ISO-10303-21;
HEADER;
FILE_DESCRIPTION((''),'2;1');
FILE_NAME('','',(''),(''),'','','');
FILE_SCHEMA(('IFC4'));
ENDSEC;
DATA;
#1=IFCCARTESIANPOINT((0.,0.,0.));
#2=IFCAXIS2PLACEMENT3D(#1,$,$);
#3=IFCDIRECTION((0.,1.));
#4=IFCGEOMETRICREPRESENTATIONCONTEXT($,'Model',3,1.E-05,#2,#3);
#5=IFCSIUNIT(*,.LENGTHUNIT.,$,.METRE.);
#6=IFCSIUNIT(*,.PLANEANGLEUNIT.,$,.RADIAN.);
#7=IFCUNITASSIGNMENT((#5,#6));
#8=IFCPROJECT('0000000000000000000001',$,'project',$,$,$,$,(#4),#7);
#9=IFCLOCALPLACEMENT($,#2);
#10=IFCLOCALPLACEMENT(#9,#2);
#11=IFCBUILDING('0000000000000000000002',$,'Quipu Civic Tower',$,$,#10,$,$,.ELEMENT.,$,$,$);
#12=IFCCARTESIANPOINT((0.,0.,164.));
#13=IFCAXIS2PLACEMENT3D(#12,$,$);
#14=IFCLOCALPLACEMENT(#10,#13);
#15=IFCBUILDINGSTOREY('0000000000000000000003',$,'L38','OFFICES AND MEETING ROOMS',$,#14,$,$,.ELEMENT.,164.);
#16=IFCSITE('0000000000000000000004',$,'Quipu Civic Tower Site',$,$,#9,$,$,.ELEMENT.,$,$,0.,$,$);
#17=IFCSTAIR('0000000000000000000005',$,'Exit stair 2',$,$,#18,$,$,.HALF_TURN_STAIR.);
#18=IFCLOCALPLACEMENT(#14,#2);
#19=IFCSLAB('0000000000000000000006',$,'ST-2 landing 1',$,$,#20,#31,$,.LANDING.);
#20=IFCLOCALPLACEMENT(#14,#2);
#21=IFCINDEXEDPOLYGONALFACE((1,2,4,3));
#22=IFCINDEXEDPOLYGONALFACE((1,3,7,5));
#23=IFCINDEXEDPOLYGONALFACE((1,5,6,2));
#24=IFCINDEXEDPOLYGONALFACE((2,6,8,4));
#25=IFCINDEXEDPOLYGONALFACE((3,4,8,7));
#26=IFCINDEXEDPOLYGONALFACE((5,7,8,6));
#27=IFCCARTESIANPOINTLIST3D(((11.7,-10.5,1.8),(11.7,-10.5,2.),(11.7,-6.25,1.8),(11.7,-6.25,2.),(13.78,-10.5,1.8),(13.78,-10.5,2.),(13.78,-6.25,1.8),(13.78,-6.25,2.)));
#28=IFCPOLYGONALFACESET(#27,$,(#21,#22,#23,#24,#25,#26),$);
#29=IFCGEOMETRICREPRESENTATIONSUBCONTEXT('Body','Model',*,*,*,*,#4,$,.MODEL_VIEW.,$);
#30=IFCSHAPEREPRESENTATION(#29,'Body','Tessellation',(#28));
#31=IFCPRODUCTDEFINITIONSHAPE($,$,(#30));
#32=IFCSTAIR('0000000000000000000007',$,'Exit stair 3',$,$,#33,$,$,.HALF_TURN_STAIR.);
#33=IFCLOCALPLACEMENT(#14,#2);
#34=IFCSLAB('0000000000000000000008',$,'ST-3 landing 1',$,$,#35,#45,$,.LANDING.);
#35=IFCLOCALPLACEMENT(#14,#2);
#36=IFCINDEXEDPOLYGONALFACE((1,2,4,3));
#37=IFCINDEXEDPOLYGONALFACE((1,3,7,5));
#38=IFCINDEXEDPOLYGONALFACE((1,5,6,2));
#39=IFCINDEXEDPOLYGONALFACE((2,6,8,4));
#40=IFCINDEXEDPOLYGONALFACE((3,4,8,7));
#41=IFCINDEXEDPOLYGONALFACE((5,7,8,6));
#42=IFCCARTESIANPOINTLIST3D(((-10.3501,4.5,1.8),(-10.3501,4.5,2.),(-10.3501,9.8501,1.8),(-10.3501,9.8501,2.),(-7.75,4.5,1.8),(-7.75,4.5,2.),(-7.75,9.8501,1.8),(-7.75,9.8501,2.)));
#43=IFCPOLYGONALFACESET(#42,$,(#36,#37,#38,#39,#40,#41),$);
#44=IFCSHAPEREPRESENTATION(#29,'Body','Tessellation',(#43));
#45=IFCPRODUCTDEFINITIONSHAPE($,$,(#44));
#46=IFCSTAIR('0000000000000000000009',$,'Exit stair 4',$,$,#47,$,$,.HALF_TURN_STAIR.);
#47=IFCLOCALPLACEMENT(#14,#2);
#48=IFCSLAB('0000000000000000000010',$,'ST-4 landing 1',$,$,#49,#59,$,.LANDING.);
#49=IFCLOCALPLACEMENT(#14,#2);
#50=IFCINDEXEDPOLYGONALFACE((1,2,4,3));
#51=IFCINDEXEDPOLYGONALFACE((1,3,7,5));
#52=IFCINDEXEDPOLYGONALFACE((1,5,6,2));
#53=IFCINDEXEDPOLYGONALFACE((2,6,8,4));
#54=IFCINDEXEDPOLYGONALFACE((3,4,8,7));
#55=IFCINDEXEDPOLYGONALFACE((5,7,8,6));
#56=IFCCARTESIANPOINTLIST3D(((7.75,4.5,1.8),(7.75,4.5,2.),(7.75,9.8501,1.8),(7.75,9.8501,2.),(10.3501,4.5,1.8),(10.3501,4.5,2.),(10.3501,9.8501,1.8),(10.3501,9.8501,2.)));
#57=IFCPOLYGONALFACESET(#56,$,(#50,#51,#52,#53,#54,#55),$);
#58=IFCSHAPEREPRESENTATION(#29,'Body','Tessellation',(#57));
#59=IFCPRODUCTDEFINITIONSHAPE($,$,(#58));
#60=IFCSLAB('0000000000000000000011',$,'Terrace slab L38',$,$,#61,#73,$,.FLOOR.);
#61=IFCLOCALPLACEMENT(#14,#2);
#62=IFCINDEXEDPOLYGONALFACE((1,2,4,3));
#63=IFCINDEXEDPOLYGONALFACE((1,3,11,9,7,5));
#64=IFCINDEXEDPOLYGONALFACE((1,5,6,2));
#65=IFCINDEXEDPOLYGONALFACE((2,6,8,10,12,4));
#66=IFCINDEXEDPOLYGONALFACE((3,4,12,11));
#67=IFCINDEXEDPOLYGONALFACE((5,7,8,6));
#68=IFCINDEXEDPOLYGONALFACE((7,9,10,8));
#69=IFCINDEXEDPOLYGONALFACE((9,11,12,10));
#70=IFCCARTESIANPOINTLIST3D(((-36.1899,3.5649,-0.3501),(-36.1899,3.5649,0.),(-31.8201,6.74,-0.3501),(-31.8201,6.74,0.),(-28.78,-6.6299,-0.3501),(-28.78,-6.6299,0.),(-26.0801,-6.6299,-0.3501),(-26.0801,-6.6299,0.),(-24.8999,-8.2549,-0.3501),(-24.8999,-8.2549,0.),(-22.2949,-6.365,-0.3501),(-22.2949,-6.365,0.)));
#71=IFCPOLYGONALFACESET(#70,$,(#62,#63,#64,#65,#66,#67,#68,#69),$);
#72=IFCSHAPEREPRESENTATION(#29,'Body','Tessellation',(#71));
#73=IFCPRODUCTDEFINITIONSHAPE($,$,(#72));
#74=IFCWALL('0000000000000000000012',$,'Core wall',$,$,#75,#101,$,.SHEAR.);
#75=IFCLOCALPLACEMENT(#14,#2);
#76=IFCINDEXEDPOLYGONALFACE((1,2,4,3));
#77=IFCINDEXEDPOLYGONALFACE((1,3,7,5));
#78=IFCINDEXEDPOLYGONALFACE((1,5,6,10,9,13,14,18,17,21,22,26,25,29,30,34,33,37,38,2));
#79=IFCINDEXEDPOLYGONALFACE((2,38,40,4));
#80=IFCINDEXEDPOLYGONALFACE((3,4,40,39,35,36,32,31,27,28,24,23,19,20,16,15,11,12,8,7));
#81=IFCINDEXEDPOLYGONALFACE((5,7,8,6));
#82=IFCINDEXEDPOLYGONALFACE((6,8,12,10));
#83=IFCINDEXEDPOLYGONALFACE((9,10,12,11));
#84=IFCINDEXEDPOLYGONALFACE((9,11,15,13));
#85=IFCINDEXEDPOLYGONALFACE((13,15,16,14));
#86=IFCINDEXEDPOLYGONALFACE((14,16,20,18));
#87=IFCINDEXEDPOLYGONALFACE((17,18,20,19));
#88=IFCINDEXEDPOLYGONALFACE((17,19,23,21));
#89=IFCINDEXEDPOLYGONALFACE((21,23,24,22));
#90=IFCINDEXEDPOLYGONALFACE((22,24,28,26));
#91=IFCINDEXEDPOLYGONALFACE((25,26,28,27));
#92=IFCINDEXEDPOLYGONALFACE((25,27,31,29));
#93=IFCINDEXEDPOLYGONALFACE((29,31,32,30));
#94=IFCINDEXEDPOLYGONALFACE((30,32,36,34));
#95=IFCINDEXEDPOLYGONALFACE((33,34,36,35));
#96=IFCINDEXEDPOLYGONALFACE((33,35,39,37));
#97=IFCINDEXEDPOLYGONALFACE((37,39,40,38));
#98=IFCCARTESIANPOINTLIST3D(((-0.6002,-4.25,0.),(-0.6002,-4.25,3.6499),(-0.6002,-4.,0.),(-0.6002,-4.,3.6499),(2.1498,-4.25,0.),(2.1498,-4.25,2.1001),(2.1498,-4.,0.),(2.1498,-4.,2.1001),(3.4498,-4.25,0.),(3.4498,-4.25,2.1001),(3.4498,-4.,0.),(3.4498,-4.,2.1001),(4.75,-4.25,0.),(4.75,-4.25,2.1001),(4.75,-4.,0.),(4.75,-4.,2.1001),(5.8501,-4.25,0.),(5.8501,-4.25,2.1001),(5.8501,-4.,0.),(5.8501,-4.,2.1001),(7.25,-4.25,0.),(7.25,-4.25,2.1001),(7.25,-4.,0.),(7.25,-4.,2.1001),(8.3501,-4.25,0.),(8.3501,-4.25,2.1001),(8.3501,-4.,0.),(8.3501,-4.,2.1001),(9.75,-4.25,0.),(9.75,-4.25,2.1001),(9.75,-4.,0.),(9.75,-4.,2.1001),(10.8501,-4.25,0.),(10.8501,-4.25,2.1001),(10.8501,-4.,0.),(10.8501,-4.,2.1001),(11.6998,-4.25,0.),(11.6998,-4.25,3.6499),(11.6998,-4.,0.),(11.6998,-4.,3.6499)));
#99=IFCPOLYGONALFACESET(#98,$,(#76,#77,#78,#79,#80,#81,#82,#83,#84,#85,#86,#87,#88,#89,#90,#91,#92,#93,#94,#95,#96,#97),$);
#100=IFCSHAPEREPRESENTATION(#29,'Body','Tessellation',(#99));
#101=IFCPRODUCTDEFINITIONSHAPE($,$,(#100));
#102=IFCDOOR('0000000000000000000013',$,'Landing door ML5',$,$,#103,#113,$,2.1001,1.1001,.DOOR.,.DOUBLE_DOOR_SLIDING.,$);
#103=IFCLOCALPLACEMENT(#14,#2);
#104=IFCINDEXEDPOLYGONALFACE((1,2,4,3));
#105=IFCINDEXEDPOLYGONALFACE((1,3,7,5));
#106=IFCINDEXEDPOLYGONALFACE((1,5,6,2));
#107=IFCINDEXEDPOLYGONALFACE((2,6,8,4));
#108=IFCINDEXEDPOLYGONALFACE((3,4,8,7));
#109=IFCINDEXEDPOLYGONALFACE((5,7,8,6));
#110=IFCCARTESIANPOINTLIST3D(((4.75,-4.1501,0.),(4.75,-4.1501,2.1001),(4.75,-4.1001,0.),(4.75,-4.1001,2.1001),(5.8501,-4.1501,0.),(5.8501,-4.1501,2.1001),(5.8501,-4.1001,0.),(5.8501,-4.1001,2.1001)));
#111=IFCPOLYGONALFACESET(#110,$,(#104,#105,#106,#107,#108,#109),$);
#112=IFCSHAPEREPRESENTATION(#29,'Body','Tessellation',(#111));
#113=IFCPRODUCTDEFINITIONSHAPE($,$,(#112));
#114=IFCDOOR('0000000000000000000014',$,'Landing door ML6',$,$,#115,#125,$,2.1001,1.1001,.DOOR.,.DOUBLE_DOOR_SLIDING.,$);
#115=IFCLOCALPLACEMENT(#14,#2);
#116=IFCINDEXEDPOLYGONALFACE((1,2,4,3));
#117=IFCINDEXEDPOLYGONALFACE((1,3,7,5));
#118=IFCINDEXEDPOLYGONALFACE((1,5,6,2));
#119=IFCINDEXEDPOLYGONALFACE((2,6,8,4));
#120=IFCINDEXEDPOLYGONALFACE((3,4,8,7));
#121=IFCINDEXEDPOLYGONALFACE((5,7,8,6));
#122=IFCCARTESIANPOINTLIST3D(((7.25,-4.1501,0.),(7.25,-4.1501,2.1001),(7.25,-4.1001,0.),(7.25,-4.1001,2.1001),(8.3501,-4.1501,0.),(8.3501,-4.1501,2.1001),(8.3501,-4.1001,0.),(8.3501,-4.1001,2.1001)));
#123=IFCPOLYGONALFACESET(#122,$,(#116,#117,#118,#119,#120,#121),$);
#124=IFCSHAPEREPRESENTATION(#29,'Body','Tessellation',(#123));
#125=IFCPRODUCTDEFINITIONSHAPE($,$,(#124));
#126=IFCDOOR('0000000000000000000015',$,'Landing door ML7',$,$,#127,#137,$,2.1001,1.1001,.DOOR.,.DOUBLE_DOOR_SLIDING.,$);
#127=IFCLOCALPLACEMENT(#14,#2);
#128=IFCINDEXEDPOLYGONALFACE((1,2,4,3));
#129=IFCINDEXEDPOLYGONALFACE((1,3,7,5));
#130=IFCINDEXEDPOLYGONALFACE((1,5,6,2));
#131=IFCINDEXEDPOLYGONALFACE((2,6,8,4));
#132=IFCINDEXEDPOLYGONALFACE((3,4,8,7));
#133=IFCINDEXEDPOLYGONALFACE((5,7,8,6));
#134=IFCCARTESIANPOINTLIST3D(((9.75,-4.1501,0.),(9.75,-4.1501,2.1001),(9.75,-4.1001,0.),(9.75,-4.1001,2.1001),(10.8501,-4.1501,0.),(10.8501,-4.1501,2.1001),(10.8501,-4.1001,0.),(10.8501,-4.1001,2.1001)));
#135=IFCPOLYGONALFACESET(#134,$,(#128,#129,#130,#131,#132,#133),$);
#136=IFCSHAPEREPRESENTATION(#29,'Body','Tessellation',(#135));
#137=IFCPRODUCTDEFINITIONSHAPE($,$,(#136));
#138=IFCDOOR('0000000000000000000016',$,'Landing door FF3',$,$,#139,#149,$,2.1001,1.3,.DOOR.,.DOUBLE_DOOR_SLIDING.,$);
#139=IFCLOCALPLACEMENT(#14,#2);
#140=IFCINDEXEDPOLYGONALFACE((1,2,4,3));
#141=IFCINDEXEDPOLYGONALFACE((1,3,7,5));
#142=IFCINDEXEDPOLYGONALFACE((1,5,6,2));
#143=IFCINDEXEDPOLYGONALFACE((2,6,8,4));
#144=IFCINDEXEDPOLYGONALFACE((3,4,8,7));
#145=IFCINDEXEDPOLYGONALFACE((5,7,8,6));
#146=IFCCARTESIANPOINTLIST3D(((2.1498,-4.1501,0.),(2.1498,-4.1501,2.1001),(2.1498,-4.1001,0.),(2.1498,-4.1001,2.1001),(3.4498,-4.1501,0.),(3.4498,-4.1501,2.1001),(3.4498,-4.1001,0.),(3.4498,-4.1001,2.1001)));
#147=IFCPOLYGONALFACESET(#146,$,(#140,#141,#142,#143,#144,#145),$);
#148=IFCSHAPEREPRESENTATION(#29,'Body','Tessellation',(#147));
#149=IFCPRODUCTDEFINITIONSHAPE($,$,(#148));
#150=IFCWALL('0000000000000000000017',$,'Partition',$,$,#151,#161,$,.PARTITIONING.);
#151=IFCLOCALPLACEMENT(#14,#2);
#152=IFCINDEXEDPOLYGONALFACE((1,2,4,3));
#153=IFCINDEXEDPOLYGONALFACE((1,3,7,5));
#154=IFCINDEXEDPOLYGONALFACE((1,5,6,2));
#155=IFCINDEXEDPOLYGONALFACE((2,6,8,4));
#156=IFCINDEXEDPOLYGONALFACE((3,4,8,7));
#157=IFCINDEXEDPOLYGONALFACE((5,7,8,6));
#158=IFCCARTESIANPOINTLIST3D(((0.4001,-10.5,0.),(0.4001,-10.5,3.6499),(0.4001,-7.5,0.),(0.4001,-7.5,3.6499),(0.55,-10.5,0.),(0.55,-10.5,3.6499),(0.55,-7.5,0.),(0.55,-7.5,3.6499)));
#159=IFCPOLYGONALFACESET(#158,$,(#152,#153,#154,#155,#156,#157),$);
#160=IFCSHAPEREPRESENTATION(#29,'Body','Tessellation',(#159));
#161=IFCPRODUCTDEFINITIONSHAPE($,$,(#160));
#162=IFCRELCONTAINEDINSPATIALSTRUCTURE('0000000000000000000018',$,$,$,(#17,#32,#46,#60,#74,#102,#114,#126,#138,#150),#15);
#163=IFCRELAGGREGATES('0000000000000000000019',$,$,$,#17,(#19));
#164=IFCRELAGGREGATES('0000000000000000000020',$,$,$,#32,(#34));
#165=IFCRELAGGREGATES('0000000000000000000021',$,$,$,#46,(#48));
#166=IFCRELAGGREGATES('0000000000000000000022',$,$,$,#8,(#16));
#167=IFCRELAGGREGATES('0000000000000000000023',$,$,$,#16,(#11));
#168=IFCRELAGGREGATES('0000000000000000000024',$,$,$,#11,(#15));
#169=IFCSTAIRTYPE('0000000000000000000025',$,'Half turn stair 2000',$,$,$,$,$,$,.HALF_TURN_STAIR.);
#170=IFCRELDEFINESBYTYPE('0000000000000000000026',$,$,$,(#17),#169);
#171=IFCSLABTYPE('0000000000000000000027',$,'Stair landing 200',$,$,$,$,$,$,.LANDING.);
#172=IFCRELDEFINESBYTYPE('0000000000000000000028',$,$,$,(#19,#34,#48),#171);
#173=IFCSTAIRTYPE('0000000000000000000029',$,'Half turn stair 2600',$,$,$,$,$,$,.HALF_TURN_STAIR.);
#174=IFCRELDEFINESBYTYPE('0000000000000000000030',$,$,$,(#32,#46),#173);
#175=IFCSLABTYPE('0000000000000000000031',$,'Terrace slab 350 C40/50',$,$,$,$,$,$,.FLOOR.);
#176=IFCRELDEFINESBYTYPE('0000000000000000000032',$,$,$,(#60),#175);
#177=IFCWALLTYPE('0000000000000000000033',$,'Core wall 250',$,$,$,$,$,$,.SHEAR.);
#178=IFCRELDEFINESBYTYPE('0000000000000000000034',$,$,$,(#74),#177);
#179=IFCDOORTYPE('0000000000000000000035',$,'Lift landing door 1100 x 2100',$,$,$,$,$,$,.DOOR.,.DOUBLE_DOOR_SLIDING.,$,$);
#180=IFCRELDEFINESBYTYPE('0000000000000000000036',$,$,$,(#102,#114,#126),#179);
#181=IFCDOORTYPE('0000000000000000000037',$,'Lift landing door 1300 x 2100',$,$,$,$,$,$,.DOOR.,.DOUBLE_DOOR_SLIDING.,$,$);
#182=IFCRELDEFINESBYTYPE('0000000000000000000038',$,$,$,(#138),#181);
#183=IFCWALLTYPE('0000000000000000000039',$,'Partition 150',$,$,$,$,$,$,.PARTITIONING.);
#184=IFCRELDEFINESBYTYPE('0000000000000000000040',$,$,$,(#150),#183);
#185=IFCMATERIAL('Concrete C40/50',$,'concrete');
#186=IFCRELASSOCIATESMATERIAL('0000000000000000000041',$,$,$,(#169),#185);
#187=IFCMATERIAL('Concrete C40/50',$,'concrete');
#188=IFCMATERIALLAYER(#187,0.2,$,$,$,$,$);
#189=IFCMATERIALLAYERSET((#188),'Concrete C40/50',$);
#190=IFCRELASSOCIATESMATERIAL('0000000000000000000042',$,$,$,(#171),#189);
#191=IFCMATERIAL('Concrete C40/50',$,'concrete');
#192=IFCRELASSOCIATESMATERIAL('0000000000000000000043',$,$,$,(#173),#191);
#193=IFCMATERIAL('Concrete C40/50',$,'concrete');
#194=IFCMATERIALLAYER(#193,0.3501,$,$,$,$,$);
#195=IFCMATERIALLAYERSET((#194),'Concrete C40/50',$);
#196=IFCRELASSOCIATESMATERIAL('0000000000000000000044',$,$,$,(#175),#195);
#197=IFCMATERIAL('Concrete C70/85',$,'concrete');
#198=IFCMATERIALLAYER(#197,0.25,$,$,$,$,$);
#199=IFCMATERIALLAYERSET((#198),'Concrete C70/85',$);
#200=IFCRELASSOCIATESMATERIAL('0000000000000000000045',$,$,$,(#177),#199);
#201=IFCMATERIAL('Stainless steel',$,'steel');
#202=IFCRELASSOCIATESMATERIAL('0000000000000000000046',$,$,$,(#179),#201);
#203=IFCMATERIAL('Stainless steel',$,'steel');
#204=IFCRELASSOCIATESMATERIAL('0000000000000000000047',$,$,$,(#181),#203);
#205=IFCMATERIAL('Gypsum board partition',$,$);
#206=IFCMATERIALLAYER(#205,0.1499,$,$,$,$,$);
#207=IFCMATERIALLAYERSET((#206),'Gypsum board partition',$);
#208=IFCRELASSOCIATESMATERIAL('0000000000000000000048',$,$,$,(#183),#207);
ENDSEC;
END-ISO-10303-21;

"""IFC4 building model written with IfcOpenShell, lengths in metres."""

from ifc_helpers import new_model, si_unit, direction, frame, frame_2d, origin, place, context, subcontext, project, spatial, polyline, rectangle, outline, extrude, material, layer, layer_set, type_object, element, fill, aggregate, save


model = new_model("IFC4")

# Units and contexts
model_context = context("Model", 3, precision=1e-05, world=origin(), true_north=direction((0.0, 1.0)))
body_context = subcontext(model_context, "Body", "Model", "MODEL_VIEW")
ifc_project = project(units=[si_unit("LENGTHUNIT", "METRE"), si_unit("PLANEANGLEUNIT", "RADIAN")], contexts=[model_context])

# Site, building, storey
site_placement = place(None, origin())
site = spatial("IfcSite", under=ifc_project, at=site_placement, Name="Quipu Civic Tower Site", CompositionType="ELEMENT", RefElevation=0.0)
building_placement = place(site_placement, origin())
building = spatial("IfcBuilding", under=site, at=building_placement, Name="Quipu Civic Tower", CompositionType="ELEMENT")
storey_placement = place(building_placement, frame((0.0, 0.0, 164.0)))
storey = spatial("IfcBuildingStorey", under=building, at=storey_placement, Name="L38", Description="OFFICES AND MEETING ROOMS", CompositionType="ELEMENT", Elevation=164.0)

# Stairs, slabs
ifc_material_1 = material(Name="Concrete C40/50", Category="concrete")
stair_type_1 = type_object("IfcStairType", Name="Half turn stair 2000", PredefinedType="HALF_TURN_STAIR", material=ifc_material_1)
ifc_material_2 = material(Name="Concrete C40/50", Category="concrete")
ifc_layer_1 = layer(ifc_material_2, 0.2)
ifc_layer_set_1 = layer_set([ifc_layer_1], Name="Concrete C40/50")
slab_type_1 = type_object("IfcSlabType", Name="Stair landing 200", PredefinedType="LANDING", material=ifc_layer_set_1)
stair_1_placement = place(storey_placement, origin())
stair_1 = element("IfcStair", 1, at=stair_1_placement, inside=storey, type_object=stair_type_1, Name="Exit stair 2", PredefinedType="HALF_TURN_STAIR")
slab_1_placement = place(storey_placement, frame((0.0, 0.0, 1.8)))
slab_1 = element("IfcSlab", 2, at=slab_1_placement, type_object=slab_type_1, Name="ST-2 landing 1", PredefinedType="LANDING", context=body_context, shape_type="SweptSolid", body=[
    extrude(outline(polyline([(13.78, -6.25), (11.7, -6.25), (11.7, -10.5), (13.78, -10.5), (13.78, -6.25)])), origin(), (0.0, 0.0, 1.0), 0.2),
])
aggregate(stair_1, [slab_1])
ifc_material_3 = material(Name="Concrete C40/50", Category="concrete")
stair_type_2 = type_object("IfcStairType", Name="Half turn stair 2600", PredefinedType="HALF_TURN_STAIR", material=ifc_material_3)
stair_2_placement = place(storey_placement, origin())
stair_2 = element("IfcStair", 3, at=stair_2_placement, inside=storey, type_object=stair_type_2, Name="Exit stair 3", PredefinedType="HALF_TURN_STAIR")
slab_2_placement = place(storey_placement, frame((0.0, 0.0, 1.8)))
slab_2 = element("IfcSlab", 4, at=slab_2_placement, type_object=slab_type_1, Name="ST-3 landing 1", PredefinedType="LANDING", context=body_context, shape_type="SweptSolid", body=[
    extrude(outline(polyline([(-10.3501, 4.5), (-7.75, 4.5), (-7.75, 9.8501), (-10.3501, 9.8501), (-10.3501, 4.5)])), origin(), (0.0, 0.0, 1.0), 0.2),
])
aggregate(stair_2, [slab_2])
stair_3_placement = place(storey_placement, origin())
stair_3 = element("IfcStair", 5, at=stair_3_placement, inside=storey, type_object=stair_type_2, Name="Exit stair 4", PredefinedType="HALF_TURN_STAIR")
slab_3_placement = place(storey_placement, frame((0.0, 0.0, 1.8)))
slab_3 = element("IfcSlab", 6, at=slab_3_placement, type_object=slab_type_1, Name="ST-4 landing 1", PredefinedType="LANDING", context=body_context, shape_type="SweptSolid", body=[
    extrude(outline(polyline([(10.3501, 9.8501), (7.75, 9.8501), (7.75, 4.5), (10.3501, 4.5), (10.3501, 9.8501)])), origin(), (0.0, 0.0, 1.0), 0.2),
])
aggregate(stair_3, [slab_3])

# Slab
ifc_material_4 = material(Name="Concrete C40/50", Category="concrete")
ifc_layer_2 = layer(ifc_material_4, 0.3501)
ifc_layer_set_2 = layer_set([ifc_layer_2], Name="Concrete C40/50")
slab_type_2 = type_object("IfcSlabType", Name="Terrace slab 350 C40/50", PredefinedType="FLOOR", material=ifc_layer_set_2)
slab_4_placement = place(storey_placement, frame((0.0, 0.0, -0.3501)))
element("IfcSlab", 7, at=slab_4_placement, inside=storey, type_object=slab_type_2, Name="Terrace slab L38", PredefinedType="FLOOR", context=body_context, shape_type="SweptSolid", body=[
    extrude(outline(polyline([(-28.78, -6.6299), (-36.1899, 3.5649), (-31.8201, 6.74), (-22.2949, -6.365), (-24.8999, -8.2549), (-26.0801, -6.6299), (-28.78, -6.6299)])), origin(), (0.0, 0.0, 1.0), 0.3501),
])

# Wall, openings, doors
ifc_material_5 = material(Name="Concrete C70/85", Category="concrete")
ifc_layer_3 = layer(ifc_material_5, 0.25)
ifc_layer_set_3 = layer_set([ifc_layer_3], Name="Concrete C70/85")
wall_type_1 = type_object("IfcWallType", Name="Core wall 250", PredefinedType="SHEAR", material=ifc_layer_set_3)
wall_1_placement = place(storey_placement, frame((-0.6001, -4.125, 0.0), z_axis=(0.0, 0.0, 1.0), x_axis=(1.0, 0.0, 0.0)))
wall_1 = element("IfcWall", 8, at=wall_1_placement, inside=storey, type_object=wall_type_1, Name="Core wall", PredefinedType="SHEAR", context=body_context, shape_type="SweptSolid", body=[
    extrude(rectangle(XDim=12.3, YDim=0.25, at=frame_2d((6.1499, 0.0))), origin(), (0.0, 0.0, 1.0), 3.6499),
])
opening_1_placement = place(wall_1_placement, frame((2.75, 0.0, 0.0)))
opening_1 = element("IfcOpeningElement", 9, at=opening_1_placement, cuts=wall_1, PredefinedType="OPENING", context=body_context, shape_type="SweptSolid", body=[
    extrude(rectangle(XDim=1.3, YDim=2.1001, at=frame_2d((0.6499, 1.05))), frame((0.0, 0.135, 0.0), z_axis=(0.0, -1.0, 0.0), x_axis=(1.0, 0.0, 0.0)), (0.0, 0.0, 1.0), 0.27),
])
opening_2_placement = place(wall_1_placement, frame((5.3501, 0.0, 0.0)))
opening_2 = element("IfcOpeningElement", 10, at=opening_2_placement, cuts=wall_1, PredefinedType="OPENING", context=body_context, shape_type="SweptSolid", body=[
    extrude(rectangle(XDim=1.1001, YDim=2.1001, at=frame_2d((0.55, 1.05))), frame((0.0, 0.135, 0.0), z_axis=(0.0, -1.0, 0.0), x_axis=(1.0, 0.0, 0.0)), (0.0, 0.0, 1.0), 0.27),
])
opening_3_placement = place(wall_1_placement, frame((7.8501, 0.0, 0.0)))
opening_3 = element("IfcOpeningElement", 11, at=opening_3_placement, cuts=wall_1, PredefinedType="OPENING", context=body_context, shape_type="SweptSolid", body=[
    extrude(rectangle(XDim=1.1001, YDim=2.1001, at=frame_2d((0.55, 1.05))), frame((0.0, 0.135, 0.0), z_axis=(0.0, -1.0, 0.0), x_axis=(1.0, 0.0, 0.0)), (0.0, 0.0, 1.0), 0.27),
])
opening_4_placement = place(wall_1_placement, frame((10.3501, 0.0, 0.0)))
opening_4 = element("IfcOpeningElement", 12, at=opening_4_placement, cuts=wall_1, PredefinedType="OPENING", context=body_context, shape_type="SweptSolid", body=[
    extrude(rectangle(XDim=1.1001, YDim=2.1001, at=frame_2d((0.55, 1.05))), frame((0.0, 0.135, 0.0), z_axis=(0.0, -1.0, 0.0), x_axis=(1.0, 0.0, 0.0)), (0.0, 0.0, 1.0), 0.27),
])
ifc_material_6 = material(Name="Stainless steel", Category="steel")
door_type_1 = type_object("IfcDoorType", Name="Lift landing door 1100 x 2100", OperationType="DOUBLE_DOOR_SLIDING", PredefinedType="DOOR", material=ifc_material_6)
door_1_placement = place(opening_2_placement, origin())
door_1 = element("IfcDoor", 13, at=door_1_placement, inside=storey, type_object=door_type_1, Name="Landing door ML5", OperationType="DOUBLE_DOOR_SLIDING", OverallHeight=2.1001, OverallWidth=1.1001, PredefinedType="DOOR", context=body_context, shape_type="SweptSolid", body=[
    extrude(rectangle(XDim=1.1001, YDim=2.1001, at=frame_2d((0.55, 1.05))), frame((0.0, 0.0249, 0.0), z_axis=(0.0, -1.0, 0.0), x_axis=(1.0, 0.0, 0.0)), (0.0, 0.0, 1.0), 0.05),
])
fill(opening_2, door_1)
door_2_placement = place(opening_3_placement, origin())
door_2 = element("IfcDoor", 14, at=door_2_placement, inside=storey, type_object=door_type_1, Name="Landing door ML6", OperationType="DOUBLE_DOOR_SLIDING", OverallHeight=2.1001, OverallWidth=1.1001, PredefinedType="DOOR", context=body_context, shape_type="SweptSolid", body=[
    extrude(rectangle(XDim=1.1001, YDim=2.1001, at=frame_2d((0.55, 1.05))), frame((0.0, 0.0249, 0.0), z_axis=(0.0, -1.0, 0.0), x_axis=(1.0, 0.0, 0.0)), (0.0, 0.0, 1.0), 0.05),
])
fill(opening_3, door_2)
door_3_placement = place(opening_4_placement, origin())
door_3 = element("IfcDoor", 15, at=door_3_placement, inside=storey, type_object=door_type_1, Name="Landing door ML7", OperationType="DOUBLE_DOOR_SLIDING", OverallHeight=2.1001, OverallWidth=1.1001, PredefinedType="DOOR", context=body_context, shape_type="SweptSolid", body=[
    extrude(rectangle(XDim=1.1001, YDim=2.1001, at=frame_2d((0.55, 1.05))), frame((0.0, 0.0249, 0.0), z_axis=(0.0, -1.0, 0.0), x_axis=(1.0, 0.0, 0.0)), (0.0, 0.0, 1.0), 0.05),
])
fill(opening_4, door_3)
ifc_material_7 = material(Name="Stainless steel", Category="steel")
door_type_2 = type_object("IfcDoorType", Name="Lift landing door 1300 x 2100", OperationType="DOUBLE_DOOR_SLIDING", PredefinedType="DOOR", material=ifc_material_7)
door_4_placement = place(opening_1_placement, origin())
door_4 = element("IfcDoor", 16, at=door_4_placement, inside=storey, type_object=door_type_2, Name="Landing door FF3", OperationType="DOUBLE_DOOR_SLIDING", OverallHeight=2.1001, OverallWidth=1.3, PredefinedType="DOOR", context=body_context, shape_type="SweptSolid", body=[
    extrude(rectangle(XDim=1.3, YDim=2.1001, at=frame_2d((0.6499, 1.05))), frame((0.0, 0.0249, 0.0), z_axis=(0.0, -1.0, 0.0), x_axis=(1.0, 0.0, 0.0)), (0.0, 0.0, 1.0), 0.05),
])
fill(opening_1, door_4)

# Wall
ifc_material_8 = material(Name="Gypsum board partition")
ifc_layer_4 = layer(ifc_material_8, 0.1499)
ifc_layer_set_4 = layer_set([ifc_layer_4], Name="Gypsum board partition")
wall_type_2 = type_object("IfcWallType", Name="Partition 150", PredefinedType="PARTITIONING", material=ifc_layer_set_4)
wall_2_placement = place(storey_placement, frame((0.4751, -10.5, 0.0), z_axis=(0.0, 0.0, 1.0), x_axis=(0.0, 1.0, 0.0)))
element("IfcWall", 17, at=wall_2_placement, inside=storey, type_object=wall_type_2, Name="Partition", PredefinedType="PARTITIONING", context=body_context, shape_type="SweptSolid", body=[
    extrude(rectangle(XDim=3.0, YDim=0.1499, at=frame_2d((1.5, 0.0))), origin(), (0.0, 0.0, 1.0), 3.6499),
])

save(model, "model.ifc")
